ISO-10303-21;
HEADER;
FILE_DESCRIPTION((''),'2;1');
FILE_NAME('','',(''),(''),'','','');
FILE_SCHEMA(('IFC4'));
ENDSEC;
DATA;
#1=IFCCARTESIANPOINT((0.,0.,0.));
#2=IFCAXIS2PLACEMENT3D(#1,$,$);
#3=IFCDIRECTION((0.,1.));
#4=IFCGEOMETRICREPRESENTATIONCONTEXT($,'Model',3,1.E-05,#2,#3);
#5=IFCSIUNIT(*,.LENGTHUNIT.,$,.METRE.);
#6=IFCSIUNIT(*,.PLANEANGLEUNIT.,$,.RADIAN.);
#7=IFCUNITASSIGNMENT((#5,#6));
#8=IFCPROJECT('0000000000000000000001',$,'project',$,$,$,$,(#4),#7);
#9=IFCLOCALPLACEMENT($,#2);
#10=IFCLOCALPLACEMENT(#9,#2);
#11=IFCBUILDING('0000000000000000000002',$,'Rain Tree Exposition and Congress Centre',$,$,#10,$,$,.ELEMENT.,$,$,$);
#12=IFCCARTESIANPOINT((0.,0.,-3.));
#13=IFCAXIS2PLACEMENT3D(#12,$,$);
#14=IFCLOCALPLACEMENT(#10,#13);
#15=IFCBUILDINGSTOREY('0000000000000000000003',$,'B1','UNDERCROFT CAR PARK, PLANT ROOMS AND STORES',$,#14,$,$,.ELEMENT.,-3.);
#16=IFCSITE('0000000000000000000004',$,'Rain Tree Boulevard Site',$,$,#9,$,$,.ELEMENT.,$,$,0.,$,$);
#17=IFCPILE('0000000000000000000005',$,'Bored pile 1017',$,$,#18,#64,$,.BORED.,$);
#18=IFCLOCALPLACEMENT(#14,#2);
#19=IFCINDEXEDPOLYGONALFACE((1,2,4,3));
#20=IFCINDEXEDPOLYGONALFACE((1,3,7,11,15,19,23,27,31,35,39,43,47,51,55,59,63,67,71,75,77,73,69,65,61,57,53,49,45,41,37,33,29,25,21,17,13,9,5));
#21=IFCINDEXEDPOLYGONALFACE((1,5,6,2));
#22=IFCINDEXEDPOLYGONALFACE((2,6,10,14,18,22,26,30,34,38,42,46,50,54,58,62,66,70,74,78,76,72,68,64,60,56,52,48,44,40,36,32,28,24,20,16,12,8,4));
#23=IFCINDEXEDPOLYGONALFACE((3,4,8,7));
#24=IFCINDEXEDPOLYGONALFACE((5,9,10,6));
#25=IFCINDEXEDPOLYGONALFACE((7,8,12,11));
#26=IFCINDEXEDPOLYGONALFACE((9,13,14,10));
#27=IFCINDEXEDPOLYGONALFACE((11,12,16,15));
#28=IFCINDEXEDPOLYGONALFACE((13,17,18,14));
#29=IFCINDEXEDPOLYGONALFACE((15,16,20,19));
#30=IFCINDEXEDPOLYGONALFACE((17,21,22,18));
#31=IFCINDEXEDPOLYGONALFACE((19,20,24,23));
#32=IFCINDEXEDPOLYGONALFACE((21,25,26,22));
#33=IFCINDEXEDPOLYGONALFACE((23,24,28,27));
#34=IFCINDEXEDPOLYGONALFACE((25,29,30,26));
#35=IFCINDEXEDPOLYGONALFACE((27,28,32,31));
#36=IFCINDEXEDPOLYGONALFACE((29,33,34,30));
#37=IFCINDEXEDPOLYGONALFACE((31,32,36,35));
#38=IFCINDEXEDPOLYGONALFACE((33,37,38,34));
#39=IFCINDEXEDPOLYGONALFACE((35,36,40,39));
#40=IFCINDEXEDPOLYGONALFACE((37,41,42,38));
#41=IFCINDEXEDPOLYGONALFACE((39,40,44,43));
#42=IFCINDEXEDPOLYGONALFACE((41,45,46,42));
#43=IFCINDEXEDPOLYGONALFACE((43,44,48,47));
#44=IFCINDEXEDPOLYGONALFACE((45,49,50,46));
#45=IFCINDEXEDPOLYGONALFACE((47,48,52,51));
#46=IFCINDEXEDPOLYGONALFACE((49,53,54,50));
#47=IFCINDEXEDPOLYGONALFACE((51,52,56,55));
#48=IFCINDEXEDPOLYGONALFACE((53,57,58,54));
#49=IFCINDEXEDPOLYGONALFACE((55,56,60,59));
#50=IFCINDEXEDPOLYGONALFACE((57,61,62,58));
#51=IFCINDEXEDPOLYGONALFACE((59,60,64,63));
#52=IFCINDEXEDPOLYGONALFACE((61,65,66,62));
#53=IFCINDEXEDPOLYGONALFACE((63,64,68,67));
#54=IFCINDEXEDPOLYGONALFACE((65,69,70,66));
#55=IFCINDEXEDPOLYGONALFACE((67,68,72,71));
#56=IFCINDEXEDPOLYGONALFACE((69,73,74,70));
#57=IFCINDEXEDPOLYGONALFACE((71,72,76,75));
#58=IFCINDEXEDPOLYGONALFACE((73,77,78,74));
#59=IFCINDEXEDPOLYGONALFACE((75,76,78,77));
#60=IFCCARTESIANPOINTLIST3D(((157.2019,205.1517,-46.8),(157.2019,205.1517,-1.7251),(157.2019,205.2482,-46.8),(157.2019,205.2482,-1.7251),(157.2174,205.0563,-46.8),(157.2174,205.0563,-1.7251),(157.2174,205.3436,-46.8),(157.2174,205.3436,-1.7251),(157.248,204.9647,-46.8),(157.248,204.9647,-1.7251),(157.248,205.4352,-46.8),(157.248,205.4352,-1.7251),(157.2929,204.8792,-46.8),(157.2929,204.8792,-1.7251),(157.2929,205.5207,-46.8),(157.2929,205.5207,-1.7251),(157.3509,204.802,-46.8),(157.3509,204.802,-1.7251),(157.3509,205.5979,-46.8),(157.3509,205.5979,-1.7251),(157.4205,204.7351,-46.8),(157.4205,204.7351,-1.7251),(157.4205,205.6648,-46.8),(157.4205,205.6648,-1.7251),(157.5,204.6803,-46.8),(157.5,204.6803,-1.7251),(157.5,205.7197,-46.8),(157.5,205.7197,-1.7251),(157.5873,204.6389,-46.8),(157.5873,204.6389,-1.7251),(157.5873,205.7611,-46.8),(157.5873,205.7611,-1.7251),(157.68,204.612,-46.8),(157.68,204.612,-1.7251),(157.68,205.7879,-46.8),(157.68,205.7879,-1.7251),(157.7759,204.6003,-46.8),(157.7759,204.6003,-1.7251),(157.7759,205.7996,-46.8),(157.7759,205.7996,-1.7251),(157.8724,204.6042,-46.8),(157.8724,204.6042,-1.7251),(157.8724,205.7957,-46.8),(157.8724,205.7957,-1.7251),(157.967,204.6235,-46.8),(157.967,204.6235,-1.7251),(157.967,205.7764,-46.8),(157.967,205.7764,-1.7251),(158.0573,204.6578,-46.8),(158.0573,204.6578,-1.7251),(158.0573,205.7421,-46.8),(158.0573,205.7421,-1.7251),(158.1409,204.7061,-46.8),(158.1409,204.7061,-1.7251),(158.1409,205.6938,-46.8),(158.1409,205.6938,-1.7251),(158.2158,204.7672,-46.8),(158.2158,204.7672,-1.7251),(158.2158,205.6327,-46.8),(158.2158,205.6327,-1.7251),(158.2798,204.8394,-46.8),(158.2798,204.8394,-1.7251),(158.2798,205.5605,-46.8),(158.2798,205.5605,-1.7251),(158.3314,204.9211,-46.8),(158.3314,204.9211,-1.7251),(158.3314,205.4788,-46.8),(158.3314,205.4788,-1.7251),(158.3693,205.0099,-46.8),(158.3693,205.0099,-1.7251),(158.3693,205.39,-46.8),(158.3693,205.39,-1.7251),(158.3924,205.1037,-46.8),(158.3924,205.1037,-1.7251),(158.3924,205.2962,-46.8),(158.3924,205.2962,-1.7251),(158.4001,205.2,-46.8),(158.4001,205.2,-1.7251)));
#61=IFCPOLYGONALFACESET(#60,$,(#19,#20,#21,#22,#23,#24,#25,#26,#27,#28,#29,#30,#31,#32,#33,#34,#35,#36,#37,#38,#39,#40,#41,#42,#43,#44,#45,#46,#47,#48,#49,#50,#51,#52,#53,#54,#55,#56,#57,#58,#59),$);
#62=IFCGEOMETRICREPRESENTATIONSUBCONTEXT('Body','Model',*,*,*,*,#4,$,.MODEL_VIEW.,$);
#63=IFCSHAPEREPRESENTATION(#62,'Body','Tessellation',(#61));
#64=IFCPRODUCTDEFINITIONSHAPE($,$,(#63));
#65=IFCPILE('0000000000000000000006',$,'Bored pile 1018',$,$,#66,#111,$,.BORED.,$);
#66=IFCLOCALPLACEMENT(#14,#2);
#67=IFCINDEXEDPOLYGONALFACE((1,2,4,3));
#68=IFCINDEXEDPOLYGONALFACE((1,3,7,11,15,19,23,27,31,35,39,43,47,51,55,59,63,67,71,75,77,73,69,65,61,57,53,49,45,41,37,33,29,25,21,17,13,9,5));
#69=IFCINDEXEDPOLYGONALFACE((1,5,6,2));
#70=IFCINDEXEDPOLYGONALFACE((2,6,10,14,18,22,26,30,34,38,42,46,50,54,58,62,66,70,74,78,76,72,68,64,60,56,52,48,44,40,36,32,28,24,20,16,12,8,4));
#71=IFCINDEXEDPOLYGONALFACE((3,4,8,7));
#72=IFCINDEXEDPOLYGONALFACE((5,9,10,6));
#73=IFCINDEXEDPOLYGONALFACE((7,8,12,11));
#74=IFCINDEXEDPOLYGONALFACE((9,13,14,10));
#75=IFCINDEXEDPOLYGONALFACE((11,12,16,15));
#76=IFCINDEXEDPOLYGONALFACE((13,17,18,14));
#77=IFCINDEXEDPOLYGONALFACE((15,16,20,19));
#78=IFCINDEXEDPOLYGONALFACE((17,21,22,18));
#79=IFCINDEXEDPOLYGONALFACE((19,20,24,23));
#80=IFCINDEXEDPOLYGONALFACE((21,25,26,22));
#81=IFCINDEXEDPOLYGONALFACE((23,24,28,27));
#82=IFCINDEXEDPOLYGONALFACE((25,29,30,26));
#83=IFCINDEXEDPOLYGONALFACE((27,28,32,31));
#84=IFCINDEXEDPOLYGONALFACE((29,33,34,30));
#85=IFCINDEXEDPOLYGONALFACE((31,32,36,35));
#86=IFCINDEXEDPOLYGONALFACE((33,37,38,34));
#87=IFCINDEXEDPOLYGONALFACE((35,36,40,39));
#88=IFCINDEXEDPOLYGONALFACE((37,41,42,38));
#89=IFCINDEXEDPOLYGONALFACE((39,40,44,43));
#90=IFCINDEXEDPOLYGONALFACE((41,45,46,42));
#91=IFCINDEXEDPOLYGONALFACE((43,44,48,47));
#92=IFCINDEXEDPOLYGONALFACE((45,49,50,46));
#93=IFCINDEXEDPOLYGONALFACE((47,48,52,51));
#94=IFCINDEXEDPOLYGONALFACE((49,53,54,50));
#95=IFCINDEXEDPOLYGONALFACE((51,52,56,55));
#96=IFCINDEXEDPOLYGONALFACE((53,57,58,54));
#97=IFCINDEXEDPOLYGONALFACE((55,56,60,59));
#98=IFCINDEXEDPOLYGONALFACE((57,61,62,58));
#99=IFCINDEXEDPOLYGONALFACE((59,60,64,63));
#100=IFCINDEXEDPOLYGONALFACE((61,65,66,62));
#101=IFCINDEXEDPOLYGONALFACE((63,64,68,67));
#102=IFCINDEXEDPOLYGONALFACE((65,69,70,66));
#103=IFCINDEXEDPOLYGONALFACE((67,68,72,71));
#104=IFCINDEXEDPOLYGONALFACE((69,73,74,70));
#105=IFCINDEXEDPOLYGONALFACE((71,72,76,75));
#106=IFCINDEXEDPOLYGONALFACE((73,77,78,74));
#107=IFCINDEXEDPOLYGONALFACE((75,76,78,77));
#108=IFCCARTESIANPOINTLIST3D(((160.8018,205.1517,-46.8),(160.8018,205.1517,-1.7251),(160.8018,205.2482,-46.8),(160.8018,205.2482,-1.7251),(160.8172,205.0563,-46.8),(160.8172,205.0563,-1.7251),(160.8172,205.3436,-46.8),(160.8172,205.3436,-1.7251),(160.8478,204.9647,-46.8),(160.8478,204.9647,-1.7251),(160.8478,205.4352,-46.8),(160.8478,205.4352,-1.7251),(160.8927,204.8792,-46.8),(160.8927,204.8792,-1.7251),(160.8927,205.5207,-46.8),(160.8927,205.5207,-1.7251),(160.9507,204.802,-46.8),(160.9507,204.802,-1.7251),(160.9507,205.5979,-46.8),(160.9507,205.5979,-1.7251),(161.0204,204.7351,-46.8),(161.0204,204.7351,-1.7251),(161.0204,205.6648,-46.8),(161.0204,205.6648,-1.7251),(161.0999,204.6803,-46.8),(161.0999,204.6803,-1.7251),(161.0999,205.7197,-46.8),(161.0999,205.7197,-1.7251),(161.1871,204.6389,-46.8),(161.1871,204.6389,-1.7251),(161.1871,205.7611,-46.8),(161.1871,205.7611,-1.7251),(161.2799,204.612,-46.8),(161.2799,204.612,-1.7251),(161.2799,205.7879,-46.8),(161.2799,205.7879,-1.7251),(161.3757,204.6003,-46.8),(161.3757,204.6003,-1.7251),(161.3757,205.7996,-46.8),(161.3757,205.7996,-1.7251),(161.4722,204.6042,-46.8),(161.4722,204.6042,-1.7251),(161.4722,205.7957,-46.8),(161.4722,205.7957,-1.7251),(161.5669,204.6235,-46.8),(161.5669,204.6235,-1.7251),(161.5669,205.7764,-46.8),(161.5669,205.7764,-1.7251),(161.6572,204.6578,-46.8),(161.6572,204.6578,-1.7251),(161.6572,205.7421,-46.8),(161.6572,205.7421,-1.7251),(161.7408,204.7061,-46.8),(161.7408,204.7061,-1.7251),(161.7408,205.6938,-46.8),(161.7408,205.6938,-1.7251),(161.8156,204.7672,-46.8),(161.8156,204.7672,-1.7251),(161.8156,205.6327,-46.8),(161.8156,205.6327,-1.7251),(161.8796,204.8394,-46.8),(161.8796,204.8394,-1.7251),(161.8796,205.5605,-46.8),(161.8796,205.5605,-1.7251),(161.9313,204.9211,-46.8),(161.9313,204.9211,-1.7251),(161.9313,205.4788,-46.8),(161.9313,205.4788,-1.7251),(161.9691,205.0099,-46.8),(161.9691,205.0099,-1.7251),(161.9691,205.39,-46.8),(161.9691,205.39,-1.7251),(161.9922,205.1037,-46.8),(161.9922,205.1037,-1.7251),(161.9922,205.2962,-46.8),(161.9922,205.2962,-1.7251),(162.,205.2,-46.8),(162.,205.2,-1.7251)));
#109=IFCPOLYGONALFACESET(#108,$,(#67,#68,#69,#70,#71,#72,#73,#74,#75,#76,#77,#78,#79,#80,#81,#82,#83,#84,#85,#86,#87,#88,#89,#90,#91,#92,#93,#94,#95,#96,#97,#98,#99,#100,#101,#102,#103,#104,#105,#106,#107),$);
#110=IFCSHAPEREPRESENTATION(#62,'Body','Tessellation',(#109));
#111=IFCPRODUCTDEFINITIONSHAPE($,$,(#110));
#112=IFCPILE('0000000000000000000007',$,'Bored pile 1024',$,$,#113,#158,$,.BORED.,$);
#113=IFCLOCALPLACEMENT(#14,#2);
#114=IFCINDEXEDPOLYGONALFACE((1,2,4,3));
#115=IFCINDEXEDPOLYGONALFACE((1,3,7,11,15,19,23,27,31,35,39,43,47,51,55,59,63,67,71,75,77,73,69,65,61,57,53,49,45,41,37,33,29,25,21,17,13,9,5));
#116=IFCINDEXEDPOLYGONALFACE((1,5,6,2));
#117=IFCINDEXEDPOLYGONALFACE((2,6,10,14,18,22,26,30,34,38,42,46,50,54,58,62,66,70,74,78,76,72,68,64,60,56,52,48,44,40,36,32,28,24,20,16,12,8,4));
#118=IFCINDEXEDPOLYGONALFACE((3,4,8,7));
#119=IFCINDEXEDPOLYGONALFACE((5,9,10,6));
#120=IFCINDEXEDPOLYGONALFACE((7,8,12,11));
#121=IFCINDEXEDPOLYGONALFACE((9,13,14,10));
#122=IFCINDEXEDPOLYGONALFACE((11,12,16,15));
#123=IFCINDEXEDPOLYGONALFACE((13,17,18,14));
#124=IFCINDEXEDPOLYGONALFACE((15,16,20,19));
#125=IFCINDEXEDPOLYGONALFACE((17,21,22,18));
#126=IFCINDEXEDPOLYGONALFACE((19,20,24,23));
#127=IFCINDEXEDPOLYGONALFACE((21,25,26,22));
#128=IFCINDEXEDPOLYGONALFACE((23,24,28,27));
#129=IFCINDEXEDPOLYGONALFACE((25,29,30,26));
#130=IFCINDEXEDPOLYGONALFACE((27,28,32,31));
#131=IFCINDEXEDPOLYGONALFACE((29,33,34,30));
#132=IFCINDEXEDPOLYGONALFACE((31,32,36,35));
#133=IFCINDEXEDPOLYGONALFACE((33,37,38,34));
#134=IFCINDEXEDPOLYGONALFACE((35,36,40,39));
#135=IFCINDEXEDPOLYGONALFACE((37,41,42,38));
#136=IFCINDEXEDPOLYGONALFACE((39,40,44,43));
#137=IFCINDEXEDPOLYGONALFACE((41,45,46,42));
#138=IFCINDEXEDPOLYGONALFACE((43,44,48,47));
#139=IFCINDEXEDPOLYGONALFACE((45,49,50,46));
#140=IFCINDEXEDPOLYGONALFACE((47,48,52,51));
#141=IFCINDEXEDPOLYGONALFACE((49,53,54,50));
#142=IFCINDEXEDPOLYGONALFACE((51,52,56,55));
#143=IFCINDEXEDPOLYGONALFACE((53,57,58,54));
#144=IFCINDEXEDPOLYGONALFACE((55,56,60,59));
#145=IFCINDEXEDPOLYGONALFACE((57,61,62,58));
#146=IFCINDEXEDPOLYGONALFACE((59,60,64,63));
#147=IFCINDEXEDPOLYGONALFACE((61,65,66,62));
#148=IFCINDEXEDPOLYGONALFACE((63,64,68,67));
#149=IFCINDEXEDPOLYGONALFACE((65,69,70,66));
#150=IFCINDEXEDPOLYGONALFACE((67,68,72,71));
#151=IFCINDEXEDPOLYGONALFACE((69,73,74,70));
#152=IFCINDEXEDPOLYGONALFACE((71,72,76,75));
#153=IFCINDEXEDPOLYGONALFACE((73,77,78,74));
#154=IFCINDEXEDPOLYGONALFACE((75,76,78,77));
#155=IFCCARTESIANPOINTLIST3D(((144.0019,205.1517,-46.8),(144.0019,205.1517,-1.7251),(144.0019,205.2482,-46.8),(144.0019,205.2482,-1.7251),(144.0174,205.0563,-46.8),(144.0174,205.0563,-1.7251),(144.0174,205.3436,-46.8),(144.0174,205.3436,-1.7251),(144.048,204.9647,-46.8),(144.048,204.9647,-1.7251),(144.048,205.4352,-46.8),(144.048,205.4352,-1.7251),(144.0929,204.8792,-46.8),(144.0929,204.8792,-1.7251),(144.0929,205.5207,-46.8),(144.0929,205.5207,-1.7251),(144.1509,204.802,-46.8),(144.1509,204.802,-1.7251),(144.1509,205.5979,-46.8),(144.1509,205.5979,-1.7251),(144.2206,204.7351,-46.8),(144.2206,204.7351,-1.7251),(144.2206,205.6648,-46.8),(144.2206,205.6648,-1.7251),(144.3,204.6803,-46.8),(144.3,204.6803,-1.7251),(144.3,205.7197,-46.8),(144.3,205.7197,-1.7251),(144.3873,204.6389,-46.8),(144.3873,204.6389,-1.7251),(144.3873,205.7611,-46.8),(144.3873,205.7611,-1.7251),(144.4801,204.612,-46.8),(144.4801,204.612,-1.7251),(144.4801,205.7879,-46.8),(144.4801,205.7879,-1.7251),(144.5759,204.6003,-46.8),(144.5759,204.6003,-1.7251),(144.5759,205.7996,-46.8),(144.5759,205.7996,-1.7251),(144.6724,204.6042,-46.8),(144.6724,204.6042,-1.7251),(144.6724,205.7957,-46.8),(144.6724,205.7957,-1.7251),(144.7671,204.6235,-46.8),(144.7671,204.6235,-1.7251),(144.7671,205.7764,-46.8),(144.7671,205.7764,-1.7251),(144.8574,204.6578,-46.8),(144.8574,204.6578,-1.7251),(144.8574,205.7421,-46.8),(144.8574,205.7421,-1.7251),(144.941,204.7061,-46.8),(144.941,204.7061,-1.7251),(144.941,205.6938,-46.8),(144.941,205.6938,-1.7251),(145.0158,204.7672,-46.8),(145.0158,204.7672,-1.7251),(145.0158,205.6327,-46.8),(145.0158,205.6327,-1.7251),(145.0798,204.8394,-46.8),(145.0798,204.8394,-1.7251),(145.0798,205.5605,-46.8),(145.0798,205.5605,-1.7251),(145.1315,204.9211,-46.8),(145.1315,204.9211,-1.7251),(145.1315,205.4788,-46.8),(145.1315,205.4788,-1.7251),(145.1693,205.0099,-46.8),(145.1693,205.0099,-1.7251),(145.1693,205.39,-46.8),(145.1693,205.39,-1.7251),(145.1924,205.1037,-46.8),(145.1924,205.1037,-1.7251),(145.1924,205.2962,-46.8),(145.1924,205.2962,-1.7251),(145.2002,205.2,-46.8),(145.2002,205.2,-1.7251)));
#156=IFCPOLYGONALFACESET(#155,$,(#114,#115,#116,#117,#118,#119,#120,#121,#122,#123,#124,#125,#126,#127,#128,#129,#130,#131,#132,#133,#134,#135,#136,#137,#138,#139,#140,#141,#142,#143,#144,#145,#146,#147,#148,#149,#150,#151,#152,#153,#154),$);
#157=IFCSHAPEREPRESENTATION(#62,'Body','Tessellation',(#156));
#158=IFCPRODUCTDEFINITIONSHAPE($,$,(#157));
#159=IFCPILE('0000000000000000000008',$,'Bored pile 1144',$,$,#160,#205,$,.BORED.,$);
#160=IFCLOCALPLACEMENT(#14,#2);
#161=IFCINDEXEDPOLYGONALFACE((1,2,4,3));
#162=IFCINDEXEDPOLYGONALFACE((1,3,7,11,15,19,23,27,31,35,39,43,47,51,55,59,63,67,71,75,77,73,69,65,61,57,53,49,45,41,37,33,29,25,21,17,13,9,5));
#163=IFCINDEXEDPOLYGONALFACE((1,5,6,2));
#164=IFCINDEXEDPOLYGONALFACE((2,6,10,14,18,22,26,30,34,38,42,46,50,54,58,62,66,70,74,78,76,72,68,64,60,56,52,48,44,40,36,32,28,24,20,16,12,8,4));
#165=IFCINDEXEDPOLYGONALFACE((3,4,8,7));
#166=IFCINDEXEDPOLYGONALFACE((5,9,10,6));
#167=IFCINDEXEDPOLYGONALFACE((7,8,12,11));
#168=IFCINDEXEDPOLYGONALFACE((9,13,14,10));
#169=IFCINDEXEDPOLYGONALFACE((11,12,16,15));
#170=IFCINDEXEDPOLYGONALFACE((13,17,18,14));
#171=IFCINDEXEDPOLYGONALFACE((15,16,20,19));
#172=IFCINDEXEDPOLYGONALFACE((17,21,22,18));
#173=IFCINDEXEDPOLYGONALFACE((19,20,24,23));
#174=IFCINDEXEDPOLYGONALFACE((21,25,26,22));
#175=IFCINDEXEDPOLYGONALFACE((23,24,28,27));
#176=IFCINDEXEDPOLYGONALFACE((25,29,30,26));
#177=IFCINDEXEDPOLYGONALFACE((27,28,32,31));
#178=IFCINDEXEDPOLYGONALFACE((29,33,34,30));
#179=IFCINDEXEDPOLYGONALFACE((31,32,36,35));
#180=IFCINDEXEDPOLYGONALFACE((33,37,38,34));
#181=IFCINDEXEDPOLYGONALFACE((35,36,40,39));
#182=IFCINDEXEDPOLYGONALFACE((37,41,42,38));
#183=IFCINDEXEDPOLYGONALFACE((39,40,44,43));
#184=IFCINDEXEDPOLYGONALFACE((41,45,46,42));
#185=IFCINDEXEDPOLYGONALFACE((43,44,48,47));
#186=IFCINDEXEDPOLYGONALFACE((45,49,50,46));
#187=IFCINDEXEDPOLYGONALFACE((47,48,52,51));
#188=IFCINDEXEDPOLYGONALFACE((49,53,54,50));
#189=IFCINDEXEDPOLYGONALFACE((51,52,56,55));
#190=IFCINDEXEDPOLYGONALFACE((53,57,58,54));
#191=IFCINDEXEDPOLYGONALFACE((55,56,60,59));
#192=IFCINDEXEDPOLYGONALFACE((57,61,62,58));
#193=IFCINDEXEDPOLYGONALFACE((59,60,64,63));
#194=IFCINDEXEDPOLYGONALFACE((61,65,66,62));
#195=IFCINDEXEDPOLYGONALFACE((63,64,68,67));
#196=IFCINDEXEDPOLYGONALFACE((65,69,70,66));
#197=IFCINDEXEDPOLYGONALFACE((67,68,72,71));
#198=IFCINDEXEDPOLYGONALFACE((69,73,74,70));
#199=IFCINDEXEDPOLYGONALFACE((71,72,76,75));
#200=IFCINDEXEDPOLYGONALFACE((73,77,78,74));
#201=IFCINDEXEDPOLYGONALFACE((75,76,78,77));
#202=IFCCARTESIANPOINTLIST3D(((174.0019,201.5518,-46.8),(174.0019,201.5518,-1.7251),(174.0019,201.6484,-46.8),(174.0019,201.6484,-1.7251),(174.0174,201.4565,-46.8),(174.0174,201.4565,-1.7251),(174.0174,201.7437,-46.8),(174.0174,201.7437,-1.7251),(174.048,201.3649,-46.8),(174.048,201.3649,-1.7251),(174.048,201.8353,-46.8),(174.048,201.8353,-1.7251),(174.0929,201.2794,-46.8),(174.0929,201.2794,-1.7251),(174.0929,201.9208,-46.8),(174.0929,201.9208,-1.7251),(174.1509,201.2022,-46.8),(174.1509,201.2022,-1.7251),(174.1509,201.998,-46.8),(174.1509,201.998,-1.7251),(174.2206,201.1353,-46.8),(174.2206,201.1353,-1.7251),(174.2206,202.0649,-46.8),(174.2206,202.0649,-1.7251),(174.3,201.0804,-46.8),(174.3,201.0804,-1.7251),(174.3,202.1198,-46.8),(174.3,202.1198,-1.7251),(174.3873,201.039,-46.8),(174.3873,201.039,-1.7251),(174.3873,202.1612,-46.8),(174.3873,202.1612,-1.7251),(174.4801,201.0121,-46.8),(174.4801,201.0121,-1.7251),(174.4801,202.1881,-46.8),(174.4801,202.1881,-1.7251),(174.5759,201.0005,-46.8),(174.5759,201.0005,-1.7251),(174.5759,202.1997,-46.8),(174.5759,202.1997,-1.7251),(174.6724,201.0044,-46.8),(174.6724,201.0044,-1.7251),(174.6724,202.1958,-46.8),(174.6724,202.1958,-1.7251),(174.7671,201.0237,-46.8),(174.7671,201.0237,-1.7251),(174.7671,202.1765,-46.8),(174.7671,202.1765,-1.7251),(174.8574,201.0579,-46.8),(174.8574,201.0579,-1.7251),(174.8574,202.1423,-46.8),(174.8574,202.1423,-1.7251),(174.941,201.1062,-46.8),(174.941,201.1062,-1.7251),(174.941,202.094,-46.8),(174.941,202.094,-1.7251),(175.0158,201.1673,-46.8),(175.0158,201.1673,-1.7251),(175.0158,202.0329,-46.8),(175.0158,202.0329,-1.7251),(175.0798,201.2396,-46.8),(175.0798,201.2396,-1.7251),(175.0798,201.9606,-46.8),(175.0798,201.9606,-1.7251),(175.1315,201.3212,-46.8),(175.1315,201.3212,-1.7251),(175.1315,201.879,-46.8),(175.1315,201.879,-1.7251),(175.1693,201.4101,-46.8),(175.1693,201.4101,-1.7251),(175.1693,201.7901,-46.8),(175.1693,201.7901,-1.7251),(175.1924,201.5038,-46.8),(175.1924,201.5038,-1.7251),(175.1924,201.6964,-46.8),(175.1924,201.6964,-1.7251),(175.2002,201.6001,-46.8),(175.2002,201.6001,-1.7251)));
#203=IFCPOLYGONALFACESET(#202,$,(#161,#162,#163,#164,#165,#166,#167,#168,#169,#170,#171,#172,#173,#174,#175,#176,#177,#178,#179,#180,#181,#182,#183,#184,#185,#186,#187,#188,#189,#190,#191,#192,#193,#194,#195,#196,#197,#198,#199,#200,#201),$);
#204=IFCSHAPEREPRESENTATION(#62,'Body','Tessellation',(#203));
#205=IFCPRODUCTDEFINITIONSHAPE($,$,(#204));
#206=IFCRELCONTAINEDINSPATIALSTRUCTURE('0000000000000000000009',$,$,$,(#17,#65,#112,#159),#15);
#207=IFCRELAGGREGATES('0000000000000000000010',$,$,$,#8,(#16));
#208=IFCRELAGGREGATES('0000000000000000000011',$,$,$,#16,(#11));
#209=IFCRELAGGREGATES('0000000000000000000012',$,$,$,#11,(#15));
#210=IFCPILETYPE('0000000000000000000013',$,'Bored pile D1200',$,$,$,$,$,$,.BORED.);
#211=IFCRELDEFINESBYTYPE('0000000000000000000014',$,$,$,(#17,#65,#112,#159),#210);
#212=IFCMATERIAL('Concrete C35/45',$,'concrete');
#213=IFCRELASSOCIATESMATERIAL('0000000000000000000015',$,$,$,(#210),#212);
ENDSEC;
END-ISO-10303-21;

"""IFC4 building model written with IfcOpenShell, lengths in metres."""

from ifc_helpers import new_model, si_unit, direction, frame, origin, origin_2d, place, context, subcontext, project, spatial, circle, extrude, material, material_profile, profile_set, type_object, element, save


model = new_model("IFC4")

# Units and contexts
model_context = context("Model", 3, precision=1e-05, world=origin(), true_north=direction((0.0, 1.0)))
body_context = subcontext(model_context, "Body", "Model", "MODEL_VIEW")
ifc_project = project(units=[si_unit("LENGTHUNIT", "METRE"), si_unit("PLANEANGLEUNIT", "RADIAN")], contexts=[model_context])

# Site, building, storey
site_placement = place(None, origin())
site = spatial("IfcSite", under=ifc_project, at=site_placement, Name="Rain Tree Boulevard Site", CompositionType="ELEMENT", RefElevation=0.0)
building_placement = place(site_placement, origin())
building = spatial("IfcBuilding", under=site, at=building_placement, Name="Rain Tree Exposition and Congress Centre", CompositionType="ELEMENT")
storey_placement = place(building_placement, frame((0.0, 0.0, -3.0)))
storey = spatial("IfcBuildingStorey", under=building, at=storey_placement, Name="B1", Description="UNDERCROFT CAR PARK, PLANT ROOMS AND STORES", CompositionType="ELEMENT", Elevation=-3.0)

# Piles
ifc_material_1 = material(Name="Concrete C35/45", Category="concrete")
ifc_material_profile_1 = material_profile(ifc_material_1, circle(Radius=0.6001, at=origin_2d()), Name="D1200")
ifc_profile_set_1 = profile_set([ifc_material_profile_1], Name="Concrete C35/45")
pile_type_1 = type_object("IfcPileType", Name="Bored pile D1200", PredefinedType="BORED", material=ifc_profile_set_1)
for number, where, z_axis, x_axis, name in (
    (1, (157.8, 205.2, -1.7251), (0.0, 0.0, -1.0), (1.0, 0.0, 0.0), "Bored pile 1017"),
    (2, (161.3999, 205.2, -1.7251), (0.0, 0.0, -1.0), (1.0, 0.0, 0.0), "Bored pile 1018"),
    (3, (144.6001, 205.2, -1.7251), (0.0, 0.0, -1.0), (1.0, 0.0, 0.0), "Bored pile 1024"),
    (4, (174.6001, 201.6001, -1.7251), (0.0, 0.0, -1.0), (1.0, 0.0, 0.0), "Bored pile 1144"),
):
    element("IfcPile", number, at=place(storey_placement, frame(where, z_axis=z_axis, x_axis=x_axis)), inside=storey, type_object=pile_type_1, Name=name, PredefinedType="BORED", context=body_context, shape_type="SweptSolid", body=[
        extrude(circle(Radius=0.6001, at=origin_2d()), origin(), (0.0, 0.0, 1.0), 45.075),
    ])

save(model, "model.ifc")
